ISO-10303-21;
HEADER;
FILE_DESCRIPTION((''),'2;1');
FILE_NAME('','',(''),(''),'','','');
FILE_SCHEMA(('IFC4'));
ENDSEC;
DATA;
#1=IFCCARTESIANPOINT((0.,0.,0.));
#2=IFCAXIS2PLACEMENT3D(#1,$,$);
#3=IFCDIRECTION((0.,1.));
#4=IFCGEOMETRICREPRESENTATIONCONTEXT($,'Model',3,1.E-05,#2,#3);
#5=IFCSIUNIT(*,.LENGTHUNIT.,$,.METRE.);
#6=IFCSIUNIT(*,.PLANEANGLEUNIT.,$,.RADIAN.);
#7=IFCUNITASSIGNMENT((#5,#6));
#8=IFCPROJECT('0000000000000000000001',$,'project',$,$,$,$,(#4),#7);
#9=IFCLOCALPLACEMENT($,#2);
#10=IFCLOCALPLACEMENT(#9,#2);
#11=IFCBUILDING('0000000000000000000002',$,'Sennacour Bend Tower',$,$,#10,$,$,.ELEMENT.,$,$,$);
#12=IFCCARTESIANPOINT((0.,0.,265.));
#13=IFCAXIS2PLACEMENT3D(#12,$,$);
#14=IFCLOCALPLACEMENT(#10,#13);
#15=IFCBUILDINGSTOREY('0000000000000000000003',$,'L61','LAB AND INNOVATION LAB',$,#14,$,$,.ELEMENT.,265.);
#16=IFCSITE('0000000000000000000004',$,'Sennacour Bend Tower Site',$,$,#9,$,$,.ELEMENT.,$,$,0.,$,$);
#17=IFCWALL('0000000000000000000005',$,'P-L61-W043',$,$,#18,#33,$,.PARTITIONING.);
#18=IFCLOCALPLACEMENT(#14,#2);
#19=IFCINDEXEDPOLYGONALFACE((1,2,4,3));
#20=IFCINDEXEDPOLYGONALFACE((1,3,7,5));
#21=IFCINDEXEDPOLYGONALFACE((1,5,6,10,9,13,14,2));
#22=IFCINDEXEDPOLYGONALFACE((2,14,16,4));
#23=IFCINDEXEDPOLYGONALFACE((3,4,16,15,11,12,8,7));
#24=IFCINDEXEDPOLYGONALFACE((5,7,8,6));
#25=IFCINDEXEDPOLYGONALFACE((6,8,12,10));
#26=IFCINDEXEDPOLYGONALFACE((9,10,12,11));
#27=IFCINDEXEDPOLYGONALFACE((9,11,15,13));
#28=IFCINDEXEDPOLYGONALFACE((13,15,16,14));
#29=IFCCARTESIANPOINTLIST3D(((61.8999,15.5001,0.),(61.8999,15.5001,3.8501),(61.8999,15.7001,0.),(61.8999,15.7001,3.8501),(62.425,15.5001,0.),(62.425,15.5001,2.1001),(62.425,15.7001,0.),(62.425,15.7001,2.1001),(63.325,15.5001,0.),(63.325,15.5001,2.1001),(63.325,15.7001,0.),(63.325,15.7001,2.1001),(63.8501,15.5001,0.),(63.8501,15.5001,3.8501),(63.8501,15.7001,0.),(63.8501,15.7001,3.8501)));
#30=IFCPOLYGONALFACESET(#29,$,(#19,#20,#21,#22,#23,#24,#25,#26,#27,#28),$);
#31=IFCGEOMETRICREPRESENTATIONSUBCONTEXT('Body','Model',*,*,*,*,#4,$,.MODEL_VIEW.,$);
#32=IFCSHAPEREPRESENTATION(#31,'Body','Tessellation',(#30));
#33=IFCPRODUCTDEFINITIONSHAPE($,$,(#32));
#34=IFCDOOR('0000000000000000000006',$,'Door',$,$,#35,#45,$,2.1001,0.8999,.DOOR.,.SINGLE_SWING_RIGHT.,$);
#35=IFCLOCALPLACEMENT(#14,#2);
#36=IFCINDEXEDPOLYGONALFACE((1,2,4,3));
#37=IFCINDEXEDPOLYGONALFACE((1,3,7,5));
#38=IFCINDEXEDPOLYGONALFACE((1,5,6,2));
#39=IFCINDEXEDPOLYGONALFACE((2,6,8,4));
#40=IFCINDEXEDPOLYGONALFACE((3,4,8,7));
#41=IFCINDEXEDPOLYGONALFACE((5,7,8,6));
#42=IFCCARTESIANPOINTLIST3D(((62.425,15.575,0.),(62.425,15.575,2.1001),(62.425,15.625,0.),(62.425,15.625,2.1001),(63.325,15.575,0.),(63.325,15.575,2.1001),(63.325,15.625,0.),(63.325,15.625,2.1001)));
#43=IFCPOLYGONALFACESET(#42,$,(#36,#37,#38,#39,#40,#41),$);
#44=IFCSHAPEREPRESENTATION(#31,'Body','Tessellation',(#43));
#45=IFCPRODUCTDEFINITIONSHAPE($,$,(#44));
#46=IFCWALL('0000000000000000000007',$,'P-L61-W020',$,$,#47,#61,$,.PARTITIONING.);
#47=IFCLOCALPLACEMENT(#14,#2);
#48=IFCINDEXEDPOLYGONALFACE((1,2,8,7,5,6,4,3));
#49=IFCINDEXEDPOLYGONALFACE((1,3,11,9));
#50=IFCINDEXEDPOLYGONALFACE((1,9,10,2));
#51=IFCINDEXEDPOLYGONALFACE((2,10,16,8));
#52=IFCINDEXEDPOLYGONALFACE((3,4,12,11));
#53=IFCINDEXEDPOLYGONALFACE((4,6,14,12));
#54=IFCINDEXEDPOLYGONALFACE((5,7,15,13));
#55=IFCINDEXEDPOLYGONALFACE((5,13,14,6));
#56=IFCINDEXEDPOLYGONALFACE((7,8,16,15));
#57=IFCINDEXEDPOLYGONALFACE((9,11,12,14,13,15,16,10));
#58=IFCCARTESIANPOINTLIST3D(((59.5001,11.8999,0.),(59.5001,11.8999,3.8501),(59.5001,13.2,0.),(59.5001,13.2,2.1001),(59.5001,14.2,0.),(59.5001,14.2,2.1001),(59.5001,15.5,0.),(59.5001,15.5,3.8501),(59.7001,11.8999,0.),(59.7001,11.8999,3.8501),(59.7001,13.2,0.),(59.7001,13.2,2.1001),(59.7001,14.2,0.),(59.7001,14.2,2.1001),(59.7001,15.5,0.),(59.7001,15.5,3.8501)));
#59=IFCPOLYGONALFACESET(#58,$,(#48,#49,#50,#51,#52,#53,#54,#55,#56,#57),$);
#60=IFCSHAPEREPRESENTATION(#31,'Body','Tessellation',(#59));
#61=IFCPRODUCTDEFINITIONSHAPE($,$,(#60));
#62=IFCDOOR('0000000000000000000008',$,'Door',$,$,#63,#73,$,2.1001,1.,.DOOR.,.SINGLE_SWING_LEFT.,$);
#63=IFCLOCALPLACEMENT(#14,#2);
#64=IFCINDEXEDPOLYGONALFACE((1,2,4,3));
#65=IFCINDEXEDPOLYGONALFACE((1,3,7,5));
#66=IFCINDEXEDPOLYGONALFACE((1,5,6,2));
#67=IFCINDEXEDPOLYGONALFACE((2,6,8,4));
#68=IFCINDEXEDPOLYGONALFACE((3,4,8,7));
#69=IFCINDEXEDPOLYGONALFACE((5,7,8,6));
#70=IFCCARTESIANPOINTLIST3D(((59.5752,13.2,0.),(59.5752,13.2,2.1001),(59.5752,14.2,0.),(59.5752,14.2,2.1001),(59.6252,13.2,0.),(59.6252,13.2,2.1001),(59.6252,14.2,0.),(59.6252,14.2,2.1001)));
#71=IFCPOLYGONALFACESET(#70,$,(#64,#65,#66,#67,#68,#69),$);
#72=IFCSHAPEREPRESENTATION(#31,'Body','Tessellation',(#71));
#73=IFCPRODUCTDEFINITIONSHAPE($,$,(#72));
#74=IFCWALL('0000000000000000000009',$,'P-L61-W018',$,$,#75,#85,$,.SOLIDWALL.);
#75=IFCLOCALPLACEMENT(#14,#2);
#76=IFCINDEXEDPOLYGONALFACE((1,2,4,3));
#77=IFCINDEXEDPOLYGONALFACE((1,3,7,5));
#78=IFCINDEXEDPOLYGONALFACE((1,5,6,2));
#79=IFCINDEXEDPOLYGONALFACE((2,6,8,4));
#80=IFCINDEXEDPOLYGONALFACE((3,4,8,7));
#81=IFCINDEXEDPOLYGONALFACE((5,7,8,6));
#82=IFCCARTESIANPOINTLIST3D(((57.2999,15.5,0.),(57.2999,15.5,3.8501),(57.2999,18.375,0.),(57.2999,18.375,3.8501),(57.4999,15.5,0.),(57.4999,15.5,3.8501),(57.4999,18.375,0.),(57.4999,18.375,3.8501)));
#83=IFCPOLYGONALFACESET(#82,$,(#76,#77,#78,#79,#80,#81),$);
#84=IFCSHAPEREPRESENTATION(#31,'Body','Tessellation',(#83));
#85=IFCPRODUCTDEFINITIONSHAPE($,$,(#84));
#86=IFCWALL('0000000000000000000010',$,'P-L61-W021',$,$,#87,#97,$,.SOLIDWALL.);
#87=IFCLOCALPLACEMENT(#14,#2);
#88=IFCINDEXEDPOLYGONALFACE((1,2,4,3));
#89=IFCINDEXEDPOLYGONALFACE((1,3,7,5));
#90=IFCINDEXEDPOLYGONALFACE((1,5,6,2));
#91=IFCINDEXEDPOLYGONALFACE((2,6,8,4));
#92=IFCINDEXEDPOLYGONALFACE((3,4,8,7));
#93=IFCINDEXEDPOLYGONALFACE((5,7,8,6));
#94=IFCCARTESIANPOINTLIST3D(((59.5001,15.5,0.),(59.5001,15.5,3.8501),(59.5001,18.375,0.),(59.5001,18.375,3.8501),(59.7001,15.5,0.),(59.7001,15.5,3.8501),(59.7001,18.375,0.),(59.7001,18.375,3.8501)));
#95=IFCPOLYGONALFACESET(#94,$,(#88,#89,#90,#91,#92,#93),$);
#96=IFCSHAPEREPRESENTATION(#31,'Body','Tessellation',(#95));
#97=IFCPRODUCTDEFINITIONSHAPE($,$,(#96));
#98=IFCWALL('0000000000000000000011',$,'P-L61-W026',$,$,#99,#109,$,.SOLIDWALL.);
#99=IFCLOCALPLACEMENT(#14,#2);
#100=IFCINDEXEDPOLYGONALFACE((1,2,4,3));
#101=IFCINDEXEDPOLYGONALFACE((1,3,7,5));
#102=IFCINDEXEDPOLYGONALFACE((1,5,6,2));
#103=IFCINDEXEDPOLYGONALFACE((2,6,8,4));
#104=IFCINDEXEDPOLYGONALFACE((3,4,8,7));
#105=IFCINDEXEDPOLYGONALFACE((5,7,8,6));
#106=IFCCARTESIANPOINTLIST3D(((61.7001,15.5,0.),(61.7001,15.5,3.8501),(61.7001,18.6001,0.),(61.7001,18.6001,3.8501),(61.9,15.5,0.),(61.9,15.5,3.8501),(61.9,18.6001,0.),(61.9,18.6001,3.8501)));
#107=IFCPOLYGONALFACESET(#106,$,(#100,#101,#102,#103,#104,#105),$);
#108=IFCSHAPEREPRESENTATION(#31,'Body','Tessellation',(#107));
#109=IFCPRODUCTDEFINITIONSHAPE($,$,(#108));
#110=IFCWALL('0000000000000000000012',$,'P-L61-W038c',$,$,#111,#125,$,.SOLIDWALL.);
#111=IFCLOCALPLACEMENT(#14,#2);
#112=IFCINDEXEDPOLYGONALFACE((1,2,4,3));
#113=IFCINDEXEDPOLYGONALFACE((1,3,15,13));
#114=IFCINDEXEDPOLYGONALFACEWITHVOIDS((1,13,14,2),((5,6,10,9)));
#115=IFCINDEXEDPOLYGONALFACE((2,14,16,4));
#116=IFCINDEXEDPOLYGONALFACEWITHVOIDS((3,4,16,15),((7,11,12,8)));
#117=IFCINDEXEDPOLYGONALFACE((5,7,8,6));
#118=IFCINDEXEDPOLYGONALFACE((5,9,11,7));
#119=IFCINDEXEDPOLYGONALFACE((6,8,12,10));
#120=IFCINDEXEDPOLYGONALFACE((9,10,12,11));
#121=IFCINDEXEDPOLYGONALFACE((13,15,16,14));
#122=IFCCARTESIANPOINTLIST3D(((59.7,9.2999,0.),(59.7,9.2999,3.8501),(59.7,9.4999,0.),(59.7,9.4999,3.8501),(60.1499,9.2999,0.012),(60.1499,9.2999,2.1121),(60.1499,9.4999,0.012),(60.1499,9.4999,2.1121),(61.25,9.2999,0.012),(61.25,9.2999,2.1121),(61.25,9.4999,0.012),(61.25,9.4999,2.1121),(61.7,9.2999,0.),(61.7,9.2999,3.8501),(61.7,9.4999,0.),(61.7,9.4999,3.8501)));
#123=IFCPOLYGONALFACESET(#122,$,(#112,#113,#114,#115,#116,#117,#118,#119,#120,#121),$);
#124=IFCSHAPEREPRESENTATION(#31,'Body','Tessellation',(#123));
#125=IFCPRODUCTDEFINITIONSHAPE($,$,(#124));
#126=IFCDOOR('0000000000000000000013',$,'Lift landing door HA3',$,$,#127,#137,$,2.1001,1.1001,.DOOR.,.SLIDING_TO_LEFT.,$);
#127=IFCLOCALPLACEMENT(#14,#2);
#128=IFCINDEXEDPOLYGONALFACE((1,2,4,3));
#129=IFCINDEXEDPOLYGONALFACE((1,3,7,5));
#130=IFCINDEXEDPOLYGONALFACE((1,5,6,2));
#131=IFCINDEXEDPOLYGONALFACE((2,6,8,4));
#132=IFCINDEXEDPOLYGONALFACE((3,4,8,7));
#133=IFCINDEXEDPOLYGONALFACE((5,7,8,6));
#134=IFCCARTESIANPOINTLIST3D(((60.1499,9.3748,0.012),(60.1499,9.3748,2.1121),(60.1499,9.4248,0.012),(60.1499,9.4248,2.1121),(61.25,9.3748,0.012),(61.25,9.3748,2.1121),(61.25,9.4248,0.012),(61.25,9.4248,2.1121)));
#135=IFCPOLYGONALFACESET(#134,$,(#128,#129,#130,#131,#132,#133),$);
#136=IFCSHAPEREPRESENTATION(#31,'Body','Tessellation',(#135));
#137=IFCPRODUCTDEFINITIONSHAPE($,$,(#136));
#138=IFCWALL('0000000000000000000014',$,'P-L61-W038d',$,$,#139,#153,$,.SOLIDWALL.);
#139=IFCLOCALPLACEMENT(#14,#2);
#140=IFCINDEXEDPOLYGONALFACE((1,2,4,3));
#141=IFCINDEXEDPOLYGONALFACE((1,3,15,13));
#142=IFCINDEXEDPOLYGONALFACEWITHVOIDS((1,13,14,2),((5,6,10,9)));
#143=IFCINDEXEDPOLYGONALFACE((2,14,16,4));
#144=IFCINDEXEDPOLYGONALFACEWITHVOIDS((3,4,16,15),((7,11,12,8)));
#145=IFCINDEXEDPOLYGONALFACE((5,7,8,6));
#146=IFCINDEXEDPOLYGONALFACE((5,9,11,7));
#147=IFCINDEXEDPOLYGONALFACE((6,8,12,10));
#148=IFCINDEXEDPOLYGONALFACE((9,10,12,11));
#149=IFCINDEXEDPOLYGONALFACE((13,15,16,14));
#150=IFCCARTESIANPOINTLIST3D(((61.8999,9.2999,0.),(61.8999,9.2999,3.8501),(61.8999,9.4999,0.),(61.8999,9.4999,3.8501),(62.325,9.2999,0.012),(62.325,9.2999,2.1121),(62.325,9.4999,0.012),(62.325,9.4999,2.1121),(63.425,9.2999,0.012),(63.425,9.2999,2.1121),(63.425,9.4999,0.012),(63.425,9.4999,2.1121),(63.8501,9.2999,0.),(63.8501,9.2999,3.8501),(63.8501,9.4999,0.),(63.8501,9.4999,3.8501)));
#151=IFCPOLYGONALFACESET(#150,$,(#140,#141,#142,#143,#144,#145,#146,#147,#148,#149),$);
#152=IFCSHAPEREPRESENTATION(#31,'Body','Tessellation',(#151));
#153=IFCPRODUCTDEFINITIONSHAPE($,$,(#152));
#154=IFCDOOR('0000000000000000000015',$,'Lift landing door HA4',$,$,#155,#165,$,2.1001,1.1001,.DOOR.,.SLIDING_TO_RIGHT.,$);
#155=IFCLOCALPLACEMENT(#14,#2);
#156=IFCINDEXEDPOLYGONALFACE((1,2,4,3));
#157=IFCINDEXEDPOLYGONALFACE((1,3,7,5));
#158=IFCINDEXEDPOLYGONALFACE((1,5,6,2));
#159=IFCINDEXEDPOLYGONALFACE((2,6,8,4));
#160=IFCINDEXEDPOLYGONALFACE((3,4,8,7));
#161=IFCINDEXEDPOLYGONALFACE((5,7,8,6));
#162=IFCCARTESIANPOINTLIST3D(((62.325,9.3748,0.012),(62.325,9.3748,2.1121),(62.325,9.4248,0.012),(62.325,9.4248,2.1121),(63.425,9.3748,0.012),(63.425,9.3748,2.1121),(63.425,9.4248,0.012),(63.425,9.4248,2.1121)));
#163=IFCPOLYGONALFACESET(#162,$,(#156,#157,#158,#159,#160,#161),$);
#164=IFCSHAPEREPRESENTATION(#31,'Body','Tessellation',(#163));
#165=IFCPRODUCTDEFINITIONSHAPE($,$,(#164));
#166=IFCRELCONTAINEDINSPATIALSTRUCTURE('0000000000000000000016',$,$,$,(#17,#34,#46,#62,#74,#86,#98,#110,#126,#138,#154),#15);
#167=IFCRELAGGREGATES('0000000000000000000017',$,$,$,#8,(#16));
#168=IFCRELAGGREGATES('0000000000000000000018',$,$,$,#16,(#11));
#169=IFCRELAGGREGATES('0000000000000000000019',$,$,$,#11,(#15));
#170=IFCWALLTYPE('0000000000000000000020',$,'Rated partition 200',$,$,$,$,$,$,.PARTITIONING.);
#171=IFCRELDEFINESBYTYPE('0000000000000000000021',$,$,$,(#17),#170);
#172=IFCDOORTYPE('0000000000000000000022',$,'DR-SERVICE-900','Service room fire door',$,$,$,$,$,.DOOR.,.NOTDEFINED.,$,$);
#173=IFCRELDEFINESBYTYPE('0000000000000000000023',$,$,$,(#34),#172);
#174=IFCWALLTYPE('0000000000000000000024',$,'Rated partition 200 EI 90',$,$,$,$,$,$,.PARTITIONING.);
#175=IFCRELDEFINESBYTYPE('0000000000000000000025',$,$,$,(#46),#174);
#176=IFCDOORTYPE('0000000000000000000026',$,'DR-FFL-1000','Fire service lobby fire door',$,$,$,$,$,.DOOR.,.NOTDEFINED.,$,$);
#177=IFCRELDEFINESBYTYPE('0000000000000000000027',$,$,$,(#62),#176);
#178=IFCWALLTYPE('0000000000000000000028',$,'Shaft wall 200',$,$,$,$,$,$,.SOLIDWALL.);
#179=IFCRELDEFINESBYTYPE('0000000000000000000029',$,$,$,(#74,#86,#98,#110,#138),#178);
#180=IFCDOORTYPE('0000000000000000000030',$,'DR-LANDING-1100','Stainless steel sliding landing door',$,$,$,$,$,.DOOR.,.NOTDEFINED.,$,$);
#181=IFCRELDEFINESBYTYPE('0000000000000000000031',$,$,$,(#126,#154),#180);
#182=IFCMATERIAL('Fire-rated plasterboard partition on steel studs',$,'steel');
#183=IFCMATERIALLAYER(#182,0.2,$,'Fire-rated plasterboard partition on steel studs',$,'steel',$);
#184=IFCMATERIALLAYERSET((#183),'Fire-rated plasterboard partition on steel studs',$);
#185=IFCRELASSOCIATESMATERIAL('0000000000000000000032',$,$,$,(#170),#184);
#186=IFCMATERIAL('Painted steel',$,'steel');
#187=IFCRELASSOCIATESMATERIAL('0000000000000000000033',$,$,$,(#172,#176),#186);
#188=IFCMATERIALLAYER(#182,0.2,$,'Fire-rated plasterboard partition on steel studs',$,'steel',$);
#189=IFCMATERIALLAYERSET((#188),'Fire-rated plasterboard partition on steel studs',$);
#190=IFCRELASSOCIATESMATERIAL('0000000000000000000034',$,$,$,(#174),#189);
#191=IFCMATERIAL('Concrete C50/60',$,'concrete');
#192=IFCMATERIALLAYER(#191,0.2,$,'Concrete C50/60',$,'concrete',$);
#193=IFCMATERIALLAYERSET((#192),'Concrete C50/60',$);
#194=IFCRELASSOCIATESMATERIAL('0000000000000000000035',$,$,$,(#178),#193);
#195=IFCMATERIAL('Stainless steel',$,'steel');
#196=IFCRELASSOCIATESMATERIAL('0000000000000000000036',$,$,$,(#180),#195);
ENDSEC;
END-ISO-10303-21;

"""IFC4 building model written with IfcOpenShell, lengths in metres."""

from ifc_helpers import new_model, si_unit, direction, frame, frame_2d, origin, place, context, subcontext, project, spatial, rectangle, extrude, material, layer, layer_set, type_object, element, fill, save


model = new_model("IFC4")

# Units and contexts
model_context = context("Model", 3, precision=1e-05, world=origin(), true_north=direction((0.0, 1.0)))
body_context = subcontext(model_context, "Body", "Model", "MODEL_VIEW")
ifc_project = project(units=[si_unit("LENGTHUNIT", "METRE"), si_unit("PLANEANGLEUNIT", "RADIAN")], contexts=[model_context])

# Site, building, storey
site_placement = place(None, origin())
site = spatial("IfcSite", under=ifc_project, at=site_placement, Name="Sennacour Bend Tower Site", CompositionType="ELEMENT", RefElevation=0.0)
building_placement = place(site_placement, origin())
building = spatial("IfcBuilding", under=site, at=building_placement, Name="Sennacour Bend Tower", CompositionType="ELEMENT")
storey_placement = place(building_placement, frame((0.0, 0.0, 265.0)))
storey = spatial("IfcBuildingStorey", under=building, at=storey_placement, Name="L61", Description="LAB AND INNOVATION LAB", CompositionType="ELEMENT", Elevation=265.0)

# Walls, openings, doors
ifc_material_1 = material(Name="Fire-rated plasterboard partition on steel studs", Category="steel")
ifc_layer_1 = layer(ifc_material_1, 0.2, Name="Fire-rated plasterboard partition on steel studs", Category="steel")
ifc_layer_set_1 = layer_set([ifc_layer_1], Name="Fire-rated plasterboard partition on steel studs")
wall_type_1 = type_object("IfcWallType", Name="Rated partition 200", PredefinedType="PARTITIONING", material=ifc_layer_set_1)
wall_1_placement = place(storey_placement, frame((61.8999, 15.6001, 0.0), z_axis=(0.0, 0.0, 1.0), x_axis=(1.0, 0.0, 0.0)))
wall_1 = element("IfcWall", 1, at=wall_1_placement, inside=storey, type_object=wall_type_1, Name="P-L61-W043", PredefinedType="PARTITIONING", context=body_context, shape_type="SweptSolid", body=[
    extrude(rectangle(XDim=1.9502, YDim=0.2, at=frame_2d((0.9751, 0.0))), origin(), (0.0, 0.0, 1.0), 3.8501),
])
opening_1_placement = place(wall_1_placement, frame((0.5251, 0.0, 0.0)))
opening_1 = element("IfcOpeningElement", 2, at=opening_1_placement, cuts=wall_1, PredefinedType="OPENING", context=body_context, shape_type="SweptSolid", body=[
    extrude(rectangle(XDim=0.8999, YDim=2.1001, at=frame_2d((0.45, 1.05))), frame((0.0, 0.1099, 0.0), z_axis=(0.0, -1.0, 0.0), x_axis=(1.0, 0.0, 0.0)), (0.0, 0.0, 1.0), 0.22),
])
ifc_material_2 = material(Name="Painted steel", Category="steel")
door_type_1 = type_object("IfcDoorType", Name="DR-SERVICE-900", Description="Service room fire door", OperationType="NOTDEFINED", PredefinedType="DOOR", material=ifc_material_2)
door_1_placement = place(opening_1_placement, origin())
door_1 = element("IfcDoor", 3, at=door_1_placement, inside=storey, type_object=door_type_1, Name="Door", OperationType="SINGLE_SWING_RIGHT", OverallHeight=2.1001, OverallWidth=0.8999, PredefinedType="DOOR", context=body_context, shape_type="SweptSolid", body=[
    extrude(rectangle(XDim=0.8999, YDim=2.1001, at=frame_2d((0.45, 1.05))), frame((0.0, 0.0249, 0.0), z_axis=(0.0, -1.0, 0.0), x_axis=(1.0, 0.0, 0.0)), (0.0, 0.0, 1.0), 0.05),
])
fill(opening_1, door_1)
ifc_layer_2 = layer(ifc_material_1, 0.2, Name="Fire-rated plasterboard partition on steel studs", Category="steel")
ifc_layer_set_2 = layer_set([ifc_layer_2], Name="Fire-rated plasterboard partition on steel studs")
wall_type_2 = type_object("IfcWallType", Name="Rated partition 200 EI 90", PredefinedType="PARTITIONING", material=ifc_layer_set_2)
wall_2_placement = place(storey_placement, frame((59.6001, 11.8999, 0.0), z_axis=(0.0, 0.0, 1.0), x_axis=(0.0, 1.0, 0.0)))
wall_2 = element("IfcWall", 4, at=wall_2_placement, inside=storey, type_object=wall_type_2, Name="P-L61-W020", PredefinedType="PARTITIONING", context=body_context, shape_type="SweptSolid", body=[
    extrude(rectangle(XDim=3.6001, YDim=0.2, at=frame_2d((1.8, 0.0))), origin(), (0.0, 0.0, 1.0), 3.8501),
])
opening_2_placement = place(wall_2_placement, frame((1.3, 0.0, 0.0)))
opening_2 = element("IfcOpeningElement", 5, at=opening_2_placement, cuts=wall_2, PredefinedType="OPENING", context=body_context, shape_type="SweptSolid", body=[
    extrude(rectangle(XDim=1.0, YDim=2.1001, at=frame_2d((0.5, 1.05))), frame((0.0, 0.1099, 0.0), z_axis=(0.0, -1.0, 0.0), x_axis=(1.0, 0.0, 0.0)), (0.0, 0.0, 1.0), 0.22),
])
door_type_2 = type_object("IfcDoorType", Name="DR-FFL-1000", Description="Fire service lobby fire door", OperationType="NOTDEFINED", PredefinedType="DOOR", material=ifc_material_2)
door_2_placement = place(opening_2_placement, origin())
door_2 = element("IfcDoor", 6, at=door_2_placement, inside=storey, type_object=door_type_2, Name="Door", OperationType="SINGLE_SWING_LEFT", OverallHeight=2.1001, OverallWidth=1.0, PredefinedType="DOOR", context=body_context, shape_type="SweptSolid", body=[
    extrude(rectangle(XDim=1.0, YDim=2.1001, at=frame_2d((0.5, 1.05))), frame((0.0, 0.0249, 0.0), z_axis=(0.0, -1.0, 0.0), x_axis=(1.0, 0.0, 0.0)), (0.0, 0.0, 1.0), 0.05),
])
fill(opening_2, door_2)

# Walls
ifc_material_3 = material(Name="Concrete C50/60", Category="concrete")
ifc_layer_3 = layer(ifc_material_3, 0.2, Name="Concrete C50/60", Category="concrete")
ifc_layer_set_3 = layer_set([ifc_layer_3], Name="Concrete C50/60")
wall_type_3 = type_object("IfcWallType", Name="Shaft wall 200", PredefinedType="SOLIDWALL", material=ifc_layer_set_3)
for number, where, z_axis, x_axis, name in (
    (7, (57.3999, 15.5, 0.0), (0.0, 0.0, 1.0), (0.0, 1.0, 0.0), "P-L61-W018"),
    (8, (59.6001, 15.5, 0.0), (0.0, 0.0, 1.0), (0.0, 1.0, 0.0), "P-L61-W021"),
):
    element("IfcWall", number, at=place(storey_placement, frame(where, z_axis=z_axis, x_axis=x_axis)), inside=storey, type_object=wall_type_3, Name=name, PredefinedType="SOLIDWALL", context=body_context, shape_type="SweptSolid", body=[
        extrude(rectangle(XDim=2.875, YDim=0.2, at=frame_2d((1.4375, 0.0))), origin(), (0.0, 0.0, 1.0), 3.8501),
    ])
wall_3_placement = place(storey_placement, frame((61.8, 15.5, 0.0), z_axis=(0.0, 0.0, 1.0), x_axis=(0.0, 1.0, 0.0)))
element("IfcWall", 9, at=wall_3_placement, inside=storey, type_object=wall_type_3, Name="P-L61-W026", PredefinedType="SOLIDWALL", context=body_context, shape_type="SweptSolid", body=[
    extrude(rectangle(XDim=3.1001, YDim=0.2, at=frame_2d((1.55, 0.0))), origin(), (0.0, 0.0, 1.0), 3.8501),
])

# Walls, openings, doors
wall_4_placement = place(storey_placement, frame((59.7, 9.3999, 0.0), z_axis=(0.0, 0.0, 1.0), x_axis=(1.0, 0.0, 0.0)))
wall_4 = element("IfcWall", 10, at=wall_4_placement, inside=storey, type_object=wall_type_3, Name="P-L61-W038c", PredefinedType="SOLIDWALL", context=body_context, shape_type="SweptSolid", body=[
    extrude(rectangle(XDim=2.0, YDim=0.2, at=frame_2d((1.0, 0.0))), origin(), (0.0, 0.0, 1.0), 3.8501),
])
opening_3_placement = place(wall_4_placement, frame((0.45, 0.0, 0.012)))
opening_3 = element("IfcOpeningElement", 11, at=opening_3_placement, cuts=wall_4, PredefinedType="OPENING", context=body_context, shape_type="SweptSolid", body=[
    extrude(rectangle(XDim=1.1001, YDim=2.1001, at=frame_2d((0.55, 1.05))), frame((0.0, 0.1099, 0.0), z_axis=(0.0, -1.0, 0.0), x_axis=(1.0, 0.0, 0.0)), (0.0, 0.0, 1.0), 0.22),
])
ifc_material_4 = material(Name="Stainless steel", Category="steel")
door_type_3 = type_object("IfcDoorType", Name="DR-LANDING-1100", Description="Stainless steel sliding landing door", OperationType="NOTDEFINED", PredefinedType="DOOR", material=ifc_material_4)
door_3_placement = place(opening_3_placement, origin())
door_3 = element("IfcDoor", 12, at=door_3_placement, inside=storey, type_object=door_type_3, Name="Lift landing door HA3", OperationType="SLIDING_TO_LEFT", OverallHeight=2.1001, OverallWidth=1.1001, PredefinedType="DOOR", context=body_context, shape_type="SweptSolid", body=[
    extrude(rectangle(XDim=1.1001, YDim=2.1001, at=frame_2d((0.55, 1.05))), frame((0.0, 0.0249, 0.0), z_axis=(0.0, -1.0, 0.0), x_axis=(1.0, 0.0, 0.0)), (0.0, 0.0, 1.0), 0.05),
])
fill(opening_3, door_3)
wall_5_placement = place(storey_placement, frame((61.8999, 9.3999, 0.0), z_axis=(0.0, 0.0, 1.0), x_axis=(1.0, 0.0, 0.0)))
wall_5 = element("IfcWall", 13, at=wall_5_placement, inside=storey, type_object=wall_type_3, Name="P-L61-W038d", PredefinedType="SOLIDWALL", context=body_context, shape_type="SweptSolid", body=[
    extrude(rectangle(XDim=1.9502, YDim=0.2, at=frame_2d((0.9751, 0.0))), origin(), (0.0, 0.0, 1.0), 3.8501),
])
opening_4_placement = place(wall_5_placement, frame((0.425, 0.0, 0.012)))
opening_4 = element("IfcOpeningElement", 14, at=opening_4_placement, cuts=wall_5, PredefinedType="OPENING", context=body_context, shape_type="SweptSolid", body=[
    extrude(rectangle(XDim=1.1001, YDim=2.1001, at=frame_2d((0.55, 1.05))), frame((0.0, 0.1099, 0.0), z_axis=(0.0, -1.0, 0.0), x_axis=(1.0, 0.0, 0.0)), (0.0, 0.0, 1.0), 0.22),
])
door_4_placement = place(opening_4_placement, origin())
door_4 = element("IfcDoor", 15, at=door_4_placement, inside=storey, type_object=door_type_3, Name="Lift landing door HA4", OperationType="SLIDING_TO_RIGHT", OverallHeight=2.1001, OverallWidth=1.1001, PredefinedType="DOOR", context=body_context, shape_type="SweptSolid", body=[
    extrude(rectangle(XDim=1.1001, YDim=2.1001, at=frame_2d((0.55, 1.05))), frame((0.0, 0.0249, 0.0), z_axis=(0.0, -1.0, 0.0), x_axis=(1.0, 0.0, 0.0)), (0.0, 0.0, 1.0), 0.05),
])
fill(opening_4, door_4)

save(model, "model.ifc")
